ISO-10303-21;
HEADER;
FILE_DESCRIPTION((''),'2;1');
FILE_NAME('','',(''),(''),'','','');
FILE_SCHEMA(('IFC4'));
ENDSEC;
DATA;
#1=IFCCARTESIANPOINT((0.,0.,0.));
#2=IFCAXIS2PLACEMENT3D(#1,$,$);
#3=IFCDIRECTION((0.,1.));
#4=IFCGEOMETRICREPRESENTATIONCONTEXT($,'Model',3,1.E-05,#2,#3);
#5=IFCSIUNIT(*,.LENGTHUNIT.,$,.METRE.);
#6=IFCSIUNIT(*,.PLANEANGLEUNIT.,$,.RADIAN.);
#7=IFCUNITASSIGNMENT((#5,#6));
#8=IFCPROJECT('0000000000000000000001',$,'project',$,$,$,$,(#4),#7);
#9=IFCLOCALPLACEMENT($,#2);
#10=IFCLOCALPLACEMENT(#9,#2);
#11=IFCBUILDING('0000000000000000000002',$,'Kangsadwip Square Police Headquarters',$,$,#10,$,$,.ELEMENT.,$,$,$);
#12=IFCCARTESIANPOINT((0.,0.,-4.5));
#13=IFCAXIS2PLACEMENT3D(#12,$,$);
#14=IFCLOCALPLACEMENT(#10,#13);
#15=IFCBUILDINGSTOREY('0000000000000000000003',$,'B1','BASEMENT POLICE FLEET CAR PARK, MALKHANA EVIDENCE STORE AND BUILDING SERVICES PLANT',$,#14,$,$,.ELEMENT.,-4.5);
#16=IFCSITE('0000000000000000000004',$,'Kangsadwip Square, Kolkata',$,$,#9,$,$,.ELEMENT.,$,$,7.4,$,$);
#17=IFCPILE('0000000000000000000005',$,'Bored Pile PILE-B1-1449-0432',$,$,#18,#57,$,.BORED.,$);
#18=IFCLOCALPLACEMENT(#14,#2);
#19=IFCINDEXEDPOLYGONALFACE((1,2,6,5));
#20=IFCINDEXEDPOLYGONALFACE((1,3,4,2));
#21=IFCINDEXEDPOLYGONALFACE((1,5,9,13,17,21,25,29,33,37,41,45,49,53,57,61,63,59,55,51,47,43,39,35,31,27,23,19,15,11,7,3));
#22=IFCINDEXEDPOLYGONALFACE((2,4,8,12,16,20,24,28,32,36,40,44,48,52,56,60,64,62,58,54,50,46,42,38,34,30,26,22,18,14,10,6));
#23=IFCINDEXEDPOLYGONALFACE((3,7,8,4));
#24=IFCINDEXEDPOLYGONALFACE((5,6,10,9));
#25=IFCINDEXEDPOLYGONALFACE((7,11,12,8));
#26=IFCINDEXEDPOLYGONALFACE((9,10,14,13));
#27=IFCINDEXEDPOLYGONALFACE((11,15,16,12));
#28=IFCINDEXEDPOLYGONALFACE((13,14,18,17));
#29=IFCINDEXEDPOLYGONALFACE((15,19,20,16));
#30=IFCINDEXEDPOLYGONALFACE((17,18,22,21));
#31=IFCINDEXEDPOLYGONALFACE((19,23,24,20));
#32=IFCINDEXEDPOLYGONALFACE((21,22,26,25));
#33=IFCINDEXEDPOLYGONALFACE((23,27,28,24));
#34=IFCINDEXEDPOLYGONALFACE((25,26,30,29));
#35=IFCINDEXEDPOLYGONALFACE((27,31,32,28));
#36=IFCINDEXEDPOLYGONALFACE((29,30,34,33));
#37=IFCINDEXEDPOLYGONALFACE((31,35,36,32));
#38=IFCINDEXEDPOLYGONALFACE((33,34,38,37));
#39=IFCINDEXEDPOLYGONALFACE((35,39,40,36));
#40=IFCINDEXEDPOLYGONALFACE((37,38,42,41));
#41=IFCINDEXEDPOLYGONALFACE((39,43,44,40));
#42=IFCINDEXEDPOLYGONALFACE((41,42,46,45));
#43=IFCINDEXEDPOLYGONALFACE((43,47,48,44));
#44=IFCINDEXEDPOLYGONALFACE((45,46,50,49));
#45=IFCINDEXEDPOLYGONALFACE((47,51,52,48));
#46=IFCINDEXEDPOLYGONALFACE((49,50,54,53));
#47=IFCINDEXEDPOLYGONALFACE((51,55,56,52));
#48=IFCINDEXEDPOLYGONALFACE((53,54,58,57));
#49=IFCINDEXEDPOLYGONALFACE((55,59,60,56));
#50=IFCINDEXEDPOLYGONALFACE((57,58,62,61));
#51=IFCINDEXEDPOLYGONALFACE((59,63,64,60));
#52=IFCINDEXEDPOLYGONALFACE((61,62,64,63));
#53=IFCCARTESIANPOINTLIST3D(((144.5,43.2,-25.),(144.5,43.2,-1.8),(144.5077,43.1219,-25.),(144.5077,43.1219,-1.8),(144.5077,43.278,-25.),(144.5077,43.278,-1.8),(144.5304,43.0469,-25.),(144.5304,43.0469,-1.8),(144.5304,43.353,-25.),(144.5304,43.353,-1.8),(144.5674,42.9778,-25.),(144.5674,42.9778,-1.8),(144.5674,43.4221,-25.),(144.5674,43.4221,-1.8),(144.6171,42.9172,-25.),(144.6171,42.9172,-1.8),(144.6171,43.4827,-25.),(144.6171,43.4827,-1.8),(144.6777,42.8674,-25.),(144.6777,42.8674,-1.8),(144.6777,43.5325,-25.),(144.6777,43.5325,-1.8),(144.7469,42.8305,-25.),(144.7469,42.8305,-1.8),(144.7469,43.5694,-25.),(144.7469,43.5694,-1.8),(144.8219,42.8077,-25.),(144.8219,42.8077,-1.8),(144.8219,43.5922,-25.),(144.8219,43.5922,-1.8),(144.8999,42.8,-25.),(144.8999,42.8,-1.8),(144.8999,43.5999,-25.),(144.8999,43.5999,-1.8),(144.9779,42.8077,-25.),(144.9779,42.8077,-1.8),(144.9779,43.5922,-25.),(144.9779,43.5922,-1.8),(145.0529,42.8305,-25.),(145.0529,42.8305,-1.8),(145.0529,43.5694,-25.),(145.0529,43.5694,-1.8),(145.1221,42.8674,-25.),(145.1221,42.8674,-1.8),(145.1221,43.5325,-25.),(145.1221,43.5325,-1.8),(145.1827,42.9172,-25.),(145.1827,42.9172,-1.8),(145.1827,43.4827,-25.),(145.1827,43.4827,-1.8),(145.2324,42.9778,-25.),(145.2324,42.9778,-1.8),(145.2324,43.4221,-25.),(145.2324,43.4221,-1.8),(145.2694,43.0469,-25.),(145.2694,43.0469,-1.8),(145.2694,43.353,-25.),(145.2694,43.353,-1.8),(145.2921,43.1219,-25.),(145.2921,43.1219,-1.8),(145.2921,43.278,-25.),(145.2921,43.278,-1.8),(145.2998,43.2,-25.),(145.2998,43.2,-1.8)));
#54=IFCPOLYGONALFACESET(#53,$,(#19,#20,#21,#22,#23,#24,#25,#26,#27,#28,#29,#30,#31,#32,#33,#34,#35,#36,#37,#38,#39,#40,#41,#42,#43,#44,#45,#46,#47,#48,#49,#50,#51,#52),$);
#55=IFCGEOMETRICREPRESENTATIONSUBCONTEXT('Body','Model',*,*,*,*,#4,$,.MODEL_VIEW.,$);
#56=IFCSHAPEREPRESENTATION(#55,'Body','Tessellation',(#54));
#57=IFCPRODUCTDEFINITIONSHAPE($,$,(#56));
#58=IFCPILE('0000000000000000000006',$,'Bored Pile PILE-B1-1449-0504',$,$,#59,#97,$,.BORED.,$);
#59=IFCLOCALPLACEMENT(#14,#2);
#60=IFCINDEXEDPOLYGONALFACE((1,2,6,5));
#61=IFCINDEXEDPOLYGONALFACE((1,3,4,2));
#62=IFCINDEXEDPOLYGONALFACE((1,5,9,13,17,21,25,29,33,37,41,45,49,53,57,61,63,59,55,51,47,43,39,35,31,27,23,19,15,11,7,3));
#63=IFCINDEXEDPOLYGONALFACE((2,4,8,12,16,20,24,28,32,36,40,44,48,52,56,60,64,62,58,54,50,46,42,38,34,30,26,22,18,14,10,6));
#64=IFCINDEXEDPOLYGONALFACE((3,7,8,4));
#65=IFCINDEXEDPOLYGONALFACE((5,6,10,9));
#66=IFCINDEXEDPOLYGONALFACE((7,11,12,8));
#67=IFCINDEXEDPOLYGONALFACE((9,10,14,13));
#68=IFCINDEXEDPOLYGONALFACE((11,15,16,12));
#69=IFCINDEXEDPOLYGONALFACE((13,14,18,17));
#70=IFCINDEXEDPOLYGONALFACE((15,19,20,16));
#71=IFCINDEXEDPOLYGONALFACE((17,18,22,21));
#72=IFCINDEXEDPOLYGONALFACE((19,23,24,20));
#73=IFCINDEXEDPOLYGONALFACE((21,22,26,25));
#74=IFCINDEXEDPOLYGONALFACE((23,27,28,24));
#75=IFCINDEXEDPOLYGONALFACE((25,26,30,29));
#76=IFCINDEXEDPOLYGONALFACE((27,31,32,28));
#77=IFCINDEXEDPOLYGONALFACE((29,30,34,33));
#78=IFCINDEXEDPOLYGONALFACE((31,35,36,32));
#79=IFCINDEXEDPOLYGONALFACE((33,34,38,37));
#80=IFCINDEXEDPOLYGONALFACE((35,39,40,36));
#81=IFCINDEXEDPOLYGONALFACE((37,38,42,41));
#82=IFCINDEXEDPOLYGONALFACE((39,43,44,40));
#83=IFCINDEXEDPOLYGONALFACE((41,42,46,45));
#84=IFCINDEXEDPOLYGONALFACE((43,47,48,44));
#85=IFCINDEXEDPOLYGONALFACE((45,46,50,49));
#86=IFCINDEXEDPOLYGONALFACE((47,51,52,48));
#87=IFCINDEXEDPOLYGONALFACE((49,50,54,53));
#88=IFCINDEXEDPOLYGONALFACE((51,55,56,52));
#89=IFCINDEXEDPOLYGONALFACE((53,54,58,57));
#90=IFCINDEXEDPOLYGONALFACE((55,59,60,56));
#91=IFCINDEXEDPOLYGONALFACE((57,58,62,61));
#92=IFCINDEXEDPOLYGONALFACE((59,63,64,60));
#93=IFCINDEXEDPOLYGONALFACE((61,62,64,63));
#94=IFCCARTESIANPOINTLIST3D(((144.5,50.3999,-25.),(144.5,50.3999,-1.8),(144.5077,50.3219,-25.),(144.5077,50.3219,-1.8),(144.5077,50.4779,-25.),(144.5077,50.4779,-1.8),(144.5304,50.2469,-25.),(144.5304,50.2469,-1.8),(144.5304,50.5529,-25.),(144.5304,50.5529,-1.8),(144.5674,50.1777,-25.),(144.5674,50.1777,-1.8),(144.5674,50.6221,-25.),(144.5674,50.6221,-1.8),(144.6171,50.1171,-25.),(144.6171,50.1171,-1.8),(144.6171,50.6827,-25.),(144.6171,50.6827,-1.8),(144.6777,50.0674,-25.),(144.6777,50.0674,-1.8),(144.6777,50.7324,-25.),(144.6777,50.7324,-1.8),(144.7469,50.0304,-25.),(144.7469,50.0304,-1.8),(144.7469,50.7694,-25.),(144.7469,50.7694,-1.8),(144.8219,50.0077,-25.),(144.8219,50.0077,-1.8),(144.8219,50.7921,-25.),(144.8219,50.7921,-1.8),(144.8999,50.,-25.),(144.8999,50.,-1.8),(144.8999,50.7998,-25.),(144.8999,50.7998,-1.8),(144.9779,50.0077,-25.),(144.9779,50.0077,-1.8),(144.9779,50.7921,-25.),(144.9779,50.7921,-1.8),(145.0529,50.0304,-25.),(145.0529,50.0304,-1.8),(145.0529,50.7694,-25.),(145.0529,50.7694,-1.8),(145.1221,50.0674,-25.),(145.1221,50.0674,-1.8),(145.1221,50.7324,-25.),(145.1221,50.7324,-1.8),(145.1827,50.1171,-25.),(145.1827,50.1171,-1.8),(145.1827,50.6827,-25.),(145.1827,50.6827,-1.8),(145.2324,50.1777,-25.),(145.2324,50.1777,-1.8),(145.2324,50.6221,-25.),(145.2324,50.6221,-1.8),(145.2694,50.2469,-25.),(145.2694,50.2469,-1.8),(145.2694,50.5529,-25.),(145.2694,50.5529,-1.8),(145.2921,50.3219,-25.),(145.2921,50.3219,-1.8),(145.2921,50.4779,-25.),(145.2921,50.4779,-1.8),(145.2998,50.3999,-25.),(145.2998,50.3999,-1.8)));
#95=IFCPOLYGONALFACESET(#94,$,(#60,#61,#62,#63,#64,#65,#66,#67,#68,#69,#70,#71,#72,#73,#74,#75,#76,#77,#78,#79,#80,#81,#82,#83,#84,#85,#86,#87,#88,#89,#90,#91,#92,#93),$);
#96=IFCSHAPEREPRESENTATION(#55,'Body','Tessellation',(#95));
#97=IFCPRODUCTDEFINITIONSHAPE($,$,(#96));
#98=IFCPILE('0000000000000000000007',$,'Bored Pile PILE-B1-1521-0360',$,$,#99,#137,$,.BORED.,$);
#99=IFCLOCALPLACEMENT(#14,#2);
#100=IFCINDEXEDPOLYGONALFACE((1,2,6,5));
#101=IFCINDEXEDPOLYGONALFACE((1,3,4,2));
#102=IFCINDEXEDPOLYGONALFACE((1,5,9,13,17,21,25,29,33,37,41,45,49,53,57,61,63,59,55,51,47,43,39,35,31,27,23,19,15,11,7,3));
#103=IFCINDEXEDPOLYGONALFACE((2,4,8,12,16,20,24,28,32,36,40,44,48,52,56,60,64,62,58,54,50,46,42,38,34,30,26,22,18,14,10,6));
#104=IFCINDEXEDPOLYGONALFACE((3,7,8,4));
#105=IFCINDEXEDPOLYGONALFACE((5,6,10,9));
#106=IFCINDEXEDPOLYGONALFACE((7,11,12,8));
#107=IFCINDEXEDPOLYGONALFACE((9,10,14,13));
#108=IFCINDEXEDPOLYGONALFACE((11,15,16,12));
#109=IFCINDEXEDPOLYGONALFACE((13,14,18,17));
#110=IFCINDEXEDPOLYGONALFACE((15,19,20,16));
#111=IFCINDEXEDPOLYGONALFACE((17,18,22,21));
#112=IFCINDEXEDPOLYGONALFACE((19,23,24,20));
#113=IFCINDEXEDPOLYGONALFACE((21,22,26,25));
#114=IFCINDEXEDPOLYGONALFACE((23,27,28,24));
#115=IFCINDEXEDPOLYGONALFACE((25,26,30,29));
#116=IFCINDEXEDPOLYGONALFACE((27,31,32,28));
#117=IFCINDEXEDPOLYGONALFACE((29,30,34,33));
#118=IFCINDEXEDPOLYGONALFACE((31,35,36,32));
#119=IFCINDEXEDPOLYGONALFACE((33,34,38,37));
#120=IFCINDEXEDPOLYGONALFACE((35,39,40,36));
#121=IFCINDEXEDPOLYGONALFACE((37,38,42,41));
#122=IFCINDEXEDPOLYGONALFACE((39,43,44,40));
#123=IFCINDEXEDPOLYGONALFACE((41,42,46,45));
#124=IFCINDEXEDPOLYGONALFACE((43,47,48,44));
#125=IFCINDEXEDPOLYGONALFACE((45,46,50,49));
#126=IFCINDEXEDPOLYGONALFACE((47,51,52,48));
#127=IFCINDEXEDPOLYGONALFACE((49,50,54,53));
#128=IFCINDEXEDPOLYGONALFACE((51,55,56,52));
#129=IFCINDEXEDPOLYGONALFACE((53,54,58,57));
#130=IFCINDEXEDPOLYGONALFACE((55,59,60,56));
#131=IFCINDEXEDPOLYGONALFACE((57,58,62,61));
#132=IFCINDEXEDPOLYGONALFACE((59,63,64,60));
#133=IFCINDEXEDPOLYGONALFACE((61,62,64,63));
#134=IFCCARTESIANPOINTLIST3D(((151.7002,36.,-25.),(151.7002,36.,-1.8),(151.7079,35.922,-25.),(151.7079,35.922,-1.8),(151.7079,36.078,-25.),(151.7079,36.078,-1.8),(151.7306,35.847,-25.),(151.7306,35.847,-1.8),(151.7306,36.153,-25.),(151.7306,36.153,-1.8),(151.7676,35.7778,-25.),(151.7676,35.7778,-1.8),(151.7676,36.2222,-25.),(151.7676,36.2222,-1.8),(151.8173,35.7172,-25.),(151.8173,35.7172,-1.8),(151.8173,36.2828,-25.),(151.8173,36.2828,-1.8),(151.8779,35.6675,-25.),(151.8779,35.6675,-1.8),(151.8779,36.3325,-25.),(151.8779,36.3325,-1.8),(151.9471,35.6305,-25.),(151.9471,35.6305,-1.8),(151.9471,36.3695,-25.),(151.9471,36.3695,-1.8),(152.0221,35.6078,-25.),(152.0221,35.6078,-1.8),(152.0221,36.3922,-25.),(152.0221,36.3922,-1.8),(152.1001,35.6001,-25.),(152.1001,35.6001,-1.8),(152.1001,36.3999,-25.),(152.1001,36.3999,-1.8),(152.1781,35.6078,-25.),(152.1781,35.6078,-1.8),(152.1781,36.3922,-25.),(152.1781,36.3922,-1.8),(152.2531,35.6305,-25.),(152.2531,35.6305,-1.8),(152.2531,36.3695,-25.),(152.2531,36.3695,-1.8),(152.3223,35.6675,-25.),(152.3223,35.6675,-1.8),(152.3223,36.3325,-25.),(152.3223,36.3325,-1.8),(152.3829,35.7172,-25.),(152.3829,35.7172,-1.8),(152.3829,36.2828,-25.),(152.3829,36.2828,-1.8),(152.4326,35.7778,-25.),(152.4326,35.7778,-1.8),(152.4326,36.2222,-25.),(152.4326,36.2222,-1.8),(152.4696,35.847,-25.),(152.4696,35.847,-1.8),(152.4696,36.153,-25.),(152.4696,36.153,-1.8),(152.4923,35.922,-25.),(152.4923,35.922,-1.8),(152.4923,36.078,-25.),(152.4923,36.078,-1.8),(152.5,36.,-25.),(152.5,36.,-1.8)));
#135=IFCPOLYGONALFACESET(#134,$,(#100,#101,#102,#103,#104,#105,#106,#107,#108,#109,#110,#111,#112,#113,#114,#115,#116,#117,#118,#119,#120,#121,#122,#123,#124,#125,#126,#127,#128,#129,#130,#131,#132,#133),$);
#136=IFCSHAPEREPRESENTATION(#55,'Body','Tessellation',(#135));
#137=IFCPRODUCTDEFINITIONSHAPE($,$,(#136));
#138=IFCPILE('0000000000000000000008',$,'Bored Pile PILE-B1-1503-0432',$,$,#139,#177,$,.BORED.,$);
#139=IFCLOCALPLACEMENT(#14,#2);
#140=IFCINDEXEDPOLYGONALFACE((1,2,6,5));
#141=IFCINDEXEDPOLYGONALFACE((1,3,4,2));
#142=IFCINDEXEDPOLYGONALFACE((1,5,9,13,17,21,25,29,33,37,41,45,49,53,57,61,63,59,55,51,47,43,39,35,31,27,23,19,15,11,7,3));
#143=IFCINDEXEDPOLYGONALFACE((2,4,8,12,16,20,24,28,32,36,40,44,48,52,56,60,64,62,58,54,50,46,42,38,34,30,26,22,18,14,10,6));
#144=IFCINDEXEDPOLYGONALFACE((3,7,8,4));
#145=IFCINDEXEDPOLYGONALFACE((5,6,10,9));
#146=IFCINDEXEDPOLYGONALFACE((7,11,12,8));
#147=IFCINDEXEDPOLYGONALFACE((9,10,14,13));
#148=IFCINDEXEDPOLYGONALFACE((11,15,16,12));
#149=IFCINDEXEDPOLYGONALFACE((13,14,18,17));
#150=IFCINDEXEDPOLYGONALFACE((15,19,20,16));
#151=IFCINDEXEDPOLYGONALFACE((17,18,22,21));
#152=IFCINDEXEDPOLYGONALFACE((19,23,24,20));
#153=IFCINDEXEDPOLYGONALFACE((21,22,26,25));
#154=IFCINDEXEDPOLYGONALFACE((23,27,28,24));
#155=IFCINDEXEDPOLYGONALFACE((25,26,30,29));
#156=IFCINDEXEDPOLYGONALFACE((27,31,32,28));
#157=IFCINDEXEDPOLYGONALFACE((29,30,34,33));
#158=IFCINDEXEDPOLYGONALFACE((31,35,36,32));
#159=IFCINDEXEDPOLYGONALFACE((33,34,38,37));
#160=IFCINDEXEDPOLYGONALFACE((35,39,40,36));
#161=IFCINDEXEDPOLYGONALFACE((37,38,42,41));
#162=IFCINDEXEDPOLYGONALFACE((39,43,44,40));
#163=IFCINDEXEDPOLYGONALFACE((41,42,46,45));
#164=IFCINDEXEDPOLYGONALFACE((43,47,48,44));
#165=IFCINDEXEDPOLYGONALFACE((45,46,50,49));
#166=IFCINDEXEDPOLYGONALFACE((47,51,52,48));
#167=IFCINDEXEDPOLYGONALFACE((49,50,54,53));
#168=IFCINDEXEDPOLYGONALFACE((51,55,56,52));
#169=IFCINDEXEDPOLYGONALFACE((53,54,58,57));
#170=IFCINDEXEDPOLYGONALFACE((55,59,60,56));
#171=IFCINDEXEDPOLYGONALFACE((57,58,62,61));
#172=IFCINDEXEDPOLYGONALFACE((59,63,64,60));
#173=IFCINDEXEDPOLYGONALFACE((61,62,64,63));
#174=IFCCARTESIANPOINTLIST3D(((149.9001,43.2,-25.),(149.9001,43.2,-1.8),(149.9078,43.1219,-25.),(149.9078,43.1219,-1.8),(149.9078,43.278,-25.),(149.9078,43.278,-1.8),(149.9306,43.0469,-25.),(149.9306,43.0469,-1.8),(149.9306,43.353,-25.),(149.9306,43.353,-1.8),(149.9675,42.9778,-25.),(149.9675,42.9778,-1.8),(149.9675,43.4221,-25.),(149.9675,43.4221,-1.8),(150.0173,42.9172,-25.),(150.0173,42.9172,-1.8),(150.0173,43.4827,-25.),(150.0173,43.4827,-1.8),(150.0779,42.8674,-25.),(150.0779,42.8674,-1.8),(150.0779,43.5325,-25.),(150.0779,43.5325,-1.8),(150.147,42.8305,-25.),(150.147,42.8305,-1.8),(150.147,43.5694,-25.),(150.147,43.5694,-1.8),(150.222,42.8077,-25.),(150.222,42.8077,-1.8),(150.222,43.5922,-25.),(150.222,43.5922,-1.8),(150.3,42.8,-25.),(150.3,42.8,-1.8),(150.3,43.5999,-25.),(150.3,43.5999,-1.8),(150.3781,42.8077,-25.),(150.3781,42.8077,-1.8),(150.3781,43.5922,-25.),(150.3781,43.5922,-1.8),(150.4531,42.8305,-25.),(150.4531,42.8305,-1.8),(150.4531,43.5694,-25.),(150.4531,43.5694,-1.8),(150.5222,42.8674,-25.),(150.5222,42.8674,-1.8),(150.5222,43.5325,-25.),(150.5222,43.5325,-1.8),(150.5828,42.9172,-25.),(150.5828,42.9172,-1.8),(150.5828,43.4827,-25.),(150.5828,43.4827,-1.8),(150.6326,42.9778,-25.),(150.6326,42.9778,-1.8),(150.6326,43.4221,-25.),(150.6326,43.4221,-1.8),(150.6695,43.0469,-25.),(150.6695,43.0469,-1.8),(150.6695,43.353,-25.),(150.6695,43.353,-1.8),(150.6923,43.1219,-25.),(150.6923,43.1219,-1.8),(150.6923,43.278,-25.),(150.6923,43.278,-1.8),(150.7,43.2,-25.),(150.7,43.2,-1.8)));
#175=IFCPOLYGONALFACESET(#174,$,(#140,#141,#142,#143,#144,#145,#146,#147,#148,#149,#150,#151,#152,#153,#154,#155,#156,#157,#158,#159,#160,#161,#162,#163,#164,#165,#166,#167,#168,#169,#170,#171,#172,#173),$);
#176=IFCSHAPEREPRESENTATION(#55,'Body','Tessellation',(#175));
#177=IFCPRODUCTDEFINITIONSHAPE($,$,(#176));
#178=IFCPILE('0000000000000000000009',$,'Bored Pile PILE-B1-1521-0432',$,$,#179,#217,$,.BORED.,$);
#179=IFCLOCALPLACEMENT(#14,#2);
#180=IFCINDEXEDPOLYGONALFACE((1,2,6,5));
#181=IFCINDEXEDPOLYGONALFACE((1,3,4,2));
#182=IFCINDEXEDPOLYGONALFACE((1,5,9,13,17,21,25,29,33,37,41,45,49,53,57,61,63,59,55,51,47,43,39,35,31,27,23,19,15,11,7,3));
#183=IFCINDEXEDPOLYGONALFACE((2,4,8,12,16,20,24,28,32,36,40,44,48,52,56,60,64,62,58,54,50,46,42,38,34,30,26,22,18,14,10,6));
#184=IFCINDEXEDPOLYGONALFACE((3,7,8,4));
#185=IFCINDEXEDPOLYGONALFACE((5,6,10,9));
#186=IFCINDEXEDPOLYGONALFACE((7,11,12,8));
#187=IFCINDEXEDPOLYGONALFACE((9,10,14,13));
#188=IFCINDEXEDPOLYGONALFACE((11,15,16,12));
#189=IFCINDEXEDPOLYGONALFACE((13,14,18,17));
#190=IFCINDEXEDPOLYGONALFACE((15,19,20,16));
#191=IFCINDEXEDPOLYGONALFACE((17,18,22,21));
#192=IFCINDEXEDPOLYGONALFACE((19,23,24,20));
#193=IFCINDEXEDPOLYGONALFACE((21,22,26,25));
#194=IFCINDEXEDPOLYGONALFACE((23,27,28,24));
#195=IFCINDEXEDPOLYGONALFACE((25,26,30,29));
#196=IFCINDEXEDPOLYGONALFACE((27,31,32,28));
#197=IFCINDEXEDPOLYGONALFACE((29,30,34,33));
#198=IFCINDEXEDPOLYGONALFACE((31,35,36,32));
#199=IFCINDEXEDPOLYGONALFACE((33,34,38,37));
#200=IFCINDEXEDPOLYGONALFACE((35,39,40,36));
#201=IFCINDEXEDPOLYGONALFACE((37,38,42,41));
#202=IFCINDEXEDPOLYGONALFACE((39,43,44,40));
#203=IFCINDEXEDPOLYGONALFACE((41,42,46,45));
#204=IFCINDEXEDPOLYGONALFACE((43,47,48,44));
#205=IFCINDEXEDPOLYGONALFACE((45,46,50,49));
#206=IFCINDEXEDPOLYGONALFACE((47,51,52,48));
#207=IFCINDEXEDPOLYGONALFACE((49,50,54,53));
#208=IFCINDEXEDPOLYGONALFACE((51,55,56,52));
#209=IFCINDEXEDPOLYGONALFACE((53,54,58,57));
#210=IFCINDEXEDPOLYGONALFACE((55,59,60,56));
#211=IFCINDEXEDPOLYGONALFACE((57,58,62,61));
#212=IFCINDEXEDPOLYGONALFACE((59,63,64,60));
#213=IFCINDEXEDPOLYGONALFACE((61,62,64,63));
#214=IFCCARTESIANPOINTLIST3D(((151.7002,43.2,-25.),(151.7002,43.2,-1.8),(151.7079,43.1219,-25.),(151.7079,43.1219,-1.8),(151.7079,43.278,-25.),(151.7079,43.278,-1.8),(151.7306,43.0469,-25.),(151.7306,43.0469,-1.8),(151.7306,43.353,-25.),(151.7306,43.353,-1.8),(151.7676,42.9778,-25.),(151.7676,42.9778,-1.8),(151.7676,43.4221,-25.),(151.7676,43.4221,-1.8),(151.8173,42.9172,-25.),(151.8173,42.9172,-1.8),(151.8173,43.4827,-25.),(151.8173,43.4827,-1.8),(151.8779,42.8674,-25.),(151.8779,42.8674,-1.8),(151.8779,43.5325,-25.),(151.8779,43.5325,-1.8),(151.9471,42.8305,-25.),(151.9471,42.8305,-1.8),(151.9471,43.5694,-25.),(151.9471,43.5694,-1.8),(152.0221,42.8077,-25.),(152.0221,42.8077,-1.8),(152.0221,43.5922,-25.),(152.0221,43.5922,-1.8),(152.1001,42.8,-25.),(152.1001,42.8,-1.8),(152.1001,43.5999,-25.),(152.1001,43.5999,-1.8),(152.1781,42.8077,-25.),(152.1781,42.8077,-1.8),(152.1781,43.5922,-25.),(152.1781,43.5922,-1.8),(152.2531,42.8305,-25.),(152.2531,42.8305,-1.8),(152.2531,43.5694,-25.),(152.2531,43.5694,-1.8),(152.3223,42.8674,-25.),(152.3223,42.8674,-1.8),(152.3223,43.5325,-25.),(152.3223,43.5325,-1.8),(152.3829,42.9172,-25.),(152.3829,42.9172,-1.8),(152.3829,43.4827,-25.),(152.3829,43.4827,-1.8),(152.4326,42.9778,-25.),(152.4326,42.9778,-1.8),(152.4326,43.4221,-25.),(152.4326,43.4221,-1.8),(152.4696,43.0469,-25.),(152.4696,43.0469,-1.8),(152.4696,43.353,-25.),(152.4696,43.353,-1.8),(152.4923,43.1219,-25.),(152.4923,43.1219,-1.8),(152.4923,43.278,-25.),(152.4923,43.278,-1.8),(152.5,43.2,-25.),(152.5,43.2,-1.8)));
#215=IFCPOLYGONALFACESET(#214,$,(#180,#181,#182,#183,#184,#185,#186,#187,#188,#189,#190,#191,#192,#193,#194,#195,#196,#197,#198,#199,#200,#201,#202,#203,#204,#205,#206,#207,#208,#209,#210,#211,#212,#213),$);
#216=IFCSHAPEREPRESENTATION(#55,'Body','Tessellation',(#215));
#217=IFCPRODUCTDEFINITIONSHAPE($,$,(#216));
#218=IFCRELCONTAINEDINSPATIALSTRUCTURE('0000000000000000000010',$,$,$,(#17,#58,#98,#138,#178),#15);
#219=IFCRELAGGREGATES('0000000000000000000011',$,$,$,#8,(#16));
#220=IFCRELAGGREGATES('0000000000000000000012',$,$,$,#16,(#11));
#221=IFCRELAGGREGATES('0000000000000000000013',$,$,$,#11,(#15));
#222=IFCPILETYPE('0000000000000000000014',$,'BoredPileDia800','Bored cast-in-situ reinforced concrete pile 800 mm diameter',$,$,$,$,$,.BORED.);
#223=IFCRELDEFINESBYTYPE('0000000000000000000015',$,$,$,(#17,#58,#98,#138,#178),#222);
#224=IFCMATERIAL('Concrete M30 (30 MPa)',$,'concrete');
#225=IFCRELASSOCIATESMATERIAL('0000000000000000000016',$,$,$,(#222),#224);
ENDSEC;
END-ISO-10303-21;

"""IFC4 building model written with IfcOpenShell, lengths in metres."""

from ifc_helpers import new_model, si_unit, direction, frame, origin, origin_2d, place, context, subcontext, project, spatial, circle, extrude, material, material_profile, profile_set, type_object, element, save


model = new_model("IFC4")

# Units and contexts
model_context = context("Model", 3, precision=1e-05, world=origin(), true_north=direction((0.0, 1.0)))
body_context = subcontext(model_context, "Body", "Model", "MODEL_VIEW")
ifc_project = project(units=[si_unit("LENGTHUNIT", "METRE"), si_unit("PLANEANGLEUNIT", "RADIAN")], contexts=[model_context])

# Site, building, storey
site_placement = place(None, origin())
site = spatial("IfcSite", under=ifc_project, at=site_placement, Name="Kangsadwip Square, Kolkata", CompositionType="ELEMENT", RefElevation=7.4)
building_placement = place(site_placement, origin())
building = spatial("IfcBuilding", under=site, at=building_placement, Name="Kangsadwip Square Police Headquarters", CompositionType="ELEMENT")
storey_placement = place(building_placement, frame((0.0, 0.0, -4.5)))
storey = spatial("IfcBuildingStorey", under=building, at=storey_placement, Name="B1", Description="BASEMENT POLICE FLEET CAR PARK, MALKHANA EVIDENCE STORE AND BUILDING SERVICES PLANT", CompositionType="ELEMENT", Elevation=-4.5)

# Piles
ifc_material_1 = material(Name="Concrete M30 (30 MPa)", Category="concrete")
ifc_material_profile_1 = material_profile(ifc_material_1, circle(Radius=0.3999, at=origin_2d()), Name="PILE DIA 800")
ifc_profile_set_1 = profile_set([ifc_material_profile_1], Name="Concrete M30 (30 MPa)")
pile_type = type_object("IfcPileType", Name="BoredPileDia800", Description="Bored cast-in-situ reinforced concrete pile 800 mm diameter", PredefinedType="BORED", material=ifc_profile_set_1)
for number, where, z_axis, x_axis, name in (
    (1, (144.8999, 43.2, -1.8), (0.0, 0.0, -1.0), (1.0, 0.0, 0.0), "Bored Pile PILE-B1-1449-0432"),
    (2, (144.8999, 50.3999, -1.8), (0.0, 0.0, -1.0), (1.0, 0.0, 0.0), "Bored Pile PILE-B1-1449-0504"),
    (3, (152.1001, 36.0, -1.8), (0.0, 0.0, -1.0), (1.0, 0.0, 0.0), "Bored Pile PILE-B1-1521-0360"),
    (4, (150.3, 43.2, -1.8), (0.0, 0.0, -1.0), (1.0, 0.0, 0.0), "Bored Pile PILE-B1-1503-0432"),
    (5, (152.1001, 43.2, -1.8), (0.0, 0.0, -1.0), (1.0, 0.0, 0.0), "Bored Pile PILE-B1-1521-0432"),
):
    element("IfcPile", number, at=place(storey_placement, frame(where, z_axis=z_axis, x_axis=x_axis)), inside=storey, type_object=pile_type, Name=name, PredefinedType="BORED", context=body_context, shape_type="SweptSolid", body=[
        extrude(circle(Radius=0.3999, at=origin_2d()), origin(), (0.0, 0.0, 1.0), 23.2),
    ])

save(model, "model.ifc")
